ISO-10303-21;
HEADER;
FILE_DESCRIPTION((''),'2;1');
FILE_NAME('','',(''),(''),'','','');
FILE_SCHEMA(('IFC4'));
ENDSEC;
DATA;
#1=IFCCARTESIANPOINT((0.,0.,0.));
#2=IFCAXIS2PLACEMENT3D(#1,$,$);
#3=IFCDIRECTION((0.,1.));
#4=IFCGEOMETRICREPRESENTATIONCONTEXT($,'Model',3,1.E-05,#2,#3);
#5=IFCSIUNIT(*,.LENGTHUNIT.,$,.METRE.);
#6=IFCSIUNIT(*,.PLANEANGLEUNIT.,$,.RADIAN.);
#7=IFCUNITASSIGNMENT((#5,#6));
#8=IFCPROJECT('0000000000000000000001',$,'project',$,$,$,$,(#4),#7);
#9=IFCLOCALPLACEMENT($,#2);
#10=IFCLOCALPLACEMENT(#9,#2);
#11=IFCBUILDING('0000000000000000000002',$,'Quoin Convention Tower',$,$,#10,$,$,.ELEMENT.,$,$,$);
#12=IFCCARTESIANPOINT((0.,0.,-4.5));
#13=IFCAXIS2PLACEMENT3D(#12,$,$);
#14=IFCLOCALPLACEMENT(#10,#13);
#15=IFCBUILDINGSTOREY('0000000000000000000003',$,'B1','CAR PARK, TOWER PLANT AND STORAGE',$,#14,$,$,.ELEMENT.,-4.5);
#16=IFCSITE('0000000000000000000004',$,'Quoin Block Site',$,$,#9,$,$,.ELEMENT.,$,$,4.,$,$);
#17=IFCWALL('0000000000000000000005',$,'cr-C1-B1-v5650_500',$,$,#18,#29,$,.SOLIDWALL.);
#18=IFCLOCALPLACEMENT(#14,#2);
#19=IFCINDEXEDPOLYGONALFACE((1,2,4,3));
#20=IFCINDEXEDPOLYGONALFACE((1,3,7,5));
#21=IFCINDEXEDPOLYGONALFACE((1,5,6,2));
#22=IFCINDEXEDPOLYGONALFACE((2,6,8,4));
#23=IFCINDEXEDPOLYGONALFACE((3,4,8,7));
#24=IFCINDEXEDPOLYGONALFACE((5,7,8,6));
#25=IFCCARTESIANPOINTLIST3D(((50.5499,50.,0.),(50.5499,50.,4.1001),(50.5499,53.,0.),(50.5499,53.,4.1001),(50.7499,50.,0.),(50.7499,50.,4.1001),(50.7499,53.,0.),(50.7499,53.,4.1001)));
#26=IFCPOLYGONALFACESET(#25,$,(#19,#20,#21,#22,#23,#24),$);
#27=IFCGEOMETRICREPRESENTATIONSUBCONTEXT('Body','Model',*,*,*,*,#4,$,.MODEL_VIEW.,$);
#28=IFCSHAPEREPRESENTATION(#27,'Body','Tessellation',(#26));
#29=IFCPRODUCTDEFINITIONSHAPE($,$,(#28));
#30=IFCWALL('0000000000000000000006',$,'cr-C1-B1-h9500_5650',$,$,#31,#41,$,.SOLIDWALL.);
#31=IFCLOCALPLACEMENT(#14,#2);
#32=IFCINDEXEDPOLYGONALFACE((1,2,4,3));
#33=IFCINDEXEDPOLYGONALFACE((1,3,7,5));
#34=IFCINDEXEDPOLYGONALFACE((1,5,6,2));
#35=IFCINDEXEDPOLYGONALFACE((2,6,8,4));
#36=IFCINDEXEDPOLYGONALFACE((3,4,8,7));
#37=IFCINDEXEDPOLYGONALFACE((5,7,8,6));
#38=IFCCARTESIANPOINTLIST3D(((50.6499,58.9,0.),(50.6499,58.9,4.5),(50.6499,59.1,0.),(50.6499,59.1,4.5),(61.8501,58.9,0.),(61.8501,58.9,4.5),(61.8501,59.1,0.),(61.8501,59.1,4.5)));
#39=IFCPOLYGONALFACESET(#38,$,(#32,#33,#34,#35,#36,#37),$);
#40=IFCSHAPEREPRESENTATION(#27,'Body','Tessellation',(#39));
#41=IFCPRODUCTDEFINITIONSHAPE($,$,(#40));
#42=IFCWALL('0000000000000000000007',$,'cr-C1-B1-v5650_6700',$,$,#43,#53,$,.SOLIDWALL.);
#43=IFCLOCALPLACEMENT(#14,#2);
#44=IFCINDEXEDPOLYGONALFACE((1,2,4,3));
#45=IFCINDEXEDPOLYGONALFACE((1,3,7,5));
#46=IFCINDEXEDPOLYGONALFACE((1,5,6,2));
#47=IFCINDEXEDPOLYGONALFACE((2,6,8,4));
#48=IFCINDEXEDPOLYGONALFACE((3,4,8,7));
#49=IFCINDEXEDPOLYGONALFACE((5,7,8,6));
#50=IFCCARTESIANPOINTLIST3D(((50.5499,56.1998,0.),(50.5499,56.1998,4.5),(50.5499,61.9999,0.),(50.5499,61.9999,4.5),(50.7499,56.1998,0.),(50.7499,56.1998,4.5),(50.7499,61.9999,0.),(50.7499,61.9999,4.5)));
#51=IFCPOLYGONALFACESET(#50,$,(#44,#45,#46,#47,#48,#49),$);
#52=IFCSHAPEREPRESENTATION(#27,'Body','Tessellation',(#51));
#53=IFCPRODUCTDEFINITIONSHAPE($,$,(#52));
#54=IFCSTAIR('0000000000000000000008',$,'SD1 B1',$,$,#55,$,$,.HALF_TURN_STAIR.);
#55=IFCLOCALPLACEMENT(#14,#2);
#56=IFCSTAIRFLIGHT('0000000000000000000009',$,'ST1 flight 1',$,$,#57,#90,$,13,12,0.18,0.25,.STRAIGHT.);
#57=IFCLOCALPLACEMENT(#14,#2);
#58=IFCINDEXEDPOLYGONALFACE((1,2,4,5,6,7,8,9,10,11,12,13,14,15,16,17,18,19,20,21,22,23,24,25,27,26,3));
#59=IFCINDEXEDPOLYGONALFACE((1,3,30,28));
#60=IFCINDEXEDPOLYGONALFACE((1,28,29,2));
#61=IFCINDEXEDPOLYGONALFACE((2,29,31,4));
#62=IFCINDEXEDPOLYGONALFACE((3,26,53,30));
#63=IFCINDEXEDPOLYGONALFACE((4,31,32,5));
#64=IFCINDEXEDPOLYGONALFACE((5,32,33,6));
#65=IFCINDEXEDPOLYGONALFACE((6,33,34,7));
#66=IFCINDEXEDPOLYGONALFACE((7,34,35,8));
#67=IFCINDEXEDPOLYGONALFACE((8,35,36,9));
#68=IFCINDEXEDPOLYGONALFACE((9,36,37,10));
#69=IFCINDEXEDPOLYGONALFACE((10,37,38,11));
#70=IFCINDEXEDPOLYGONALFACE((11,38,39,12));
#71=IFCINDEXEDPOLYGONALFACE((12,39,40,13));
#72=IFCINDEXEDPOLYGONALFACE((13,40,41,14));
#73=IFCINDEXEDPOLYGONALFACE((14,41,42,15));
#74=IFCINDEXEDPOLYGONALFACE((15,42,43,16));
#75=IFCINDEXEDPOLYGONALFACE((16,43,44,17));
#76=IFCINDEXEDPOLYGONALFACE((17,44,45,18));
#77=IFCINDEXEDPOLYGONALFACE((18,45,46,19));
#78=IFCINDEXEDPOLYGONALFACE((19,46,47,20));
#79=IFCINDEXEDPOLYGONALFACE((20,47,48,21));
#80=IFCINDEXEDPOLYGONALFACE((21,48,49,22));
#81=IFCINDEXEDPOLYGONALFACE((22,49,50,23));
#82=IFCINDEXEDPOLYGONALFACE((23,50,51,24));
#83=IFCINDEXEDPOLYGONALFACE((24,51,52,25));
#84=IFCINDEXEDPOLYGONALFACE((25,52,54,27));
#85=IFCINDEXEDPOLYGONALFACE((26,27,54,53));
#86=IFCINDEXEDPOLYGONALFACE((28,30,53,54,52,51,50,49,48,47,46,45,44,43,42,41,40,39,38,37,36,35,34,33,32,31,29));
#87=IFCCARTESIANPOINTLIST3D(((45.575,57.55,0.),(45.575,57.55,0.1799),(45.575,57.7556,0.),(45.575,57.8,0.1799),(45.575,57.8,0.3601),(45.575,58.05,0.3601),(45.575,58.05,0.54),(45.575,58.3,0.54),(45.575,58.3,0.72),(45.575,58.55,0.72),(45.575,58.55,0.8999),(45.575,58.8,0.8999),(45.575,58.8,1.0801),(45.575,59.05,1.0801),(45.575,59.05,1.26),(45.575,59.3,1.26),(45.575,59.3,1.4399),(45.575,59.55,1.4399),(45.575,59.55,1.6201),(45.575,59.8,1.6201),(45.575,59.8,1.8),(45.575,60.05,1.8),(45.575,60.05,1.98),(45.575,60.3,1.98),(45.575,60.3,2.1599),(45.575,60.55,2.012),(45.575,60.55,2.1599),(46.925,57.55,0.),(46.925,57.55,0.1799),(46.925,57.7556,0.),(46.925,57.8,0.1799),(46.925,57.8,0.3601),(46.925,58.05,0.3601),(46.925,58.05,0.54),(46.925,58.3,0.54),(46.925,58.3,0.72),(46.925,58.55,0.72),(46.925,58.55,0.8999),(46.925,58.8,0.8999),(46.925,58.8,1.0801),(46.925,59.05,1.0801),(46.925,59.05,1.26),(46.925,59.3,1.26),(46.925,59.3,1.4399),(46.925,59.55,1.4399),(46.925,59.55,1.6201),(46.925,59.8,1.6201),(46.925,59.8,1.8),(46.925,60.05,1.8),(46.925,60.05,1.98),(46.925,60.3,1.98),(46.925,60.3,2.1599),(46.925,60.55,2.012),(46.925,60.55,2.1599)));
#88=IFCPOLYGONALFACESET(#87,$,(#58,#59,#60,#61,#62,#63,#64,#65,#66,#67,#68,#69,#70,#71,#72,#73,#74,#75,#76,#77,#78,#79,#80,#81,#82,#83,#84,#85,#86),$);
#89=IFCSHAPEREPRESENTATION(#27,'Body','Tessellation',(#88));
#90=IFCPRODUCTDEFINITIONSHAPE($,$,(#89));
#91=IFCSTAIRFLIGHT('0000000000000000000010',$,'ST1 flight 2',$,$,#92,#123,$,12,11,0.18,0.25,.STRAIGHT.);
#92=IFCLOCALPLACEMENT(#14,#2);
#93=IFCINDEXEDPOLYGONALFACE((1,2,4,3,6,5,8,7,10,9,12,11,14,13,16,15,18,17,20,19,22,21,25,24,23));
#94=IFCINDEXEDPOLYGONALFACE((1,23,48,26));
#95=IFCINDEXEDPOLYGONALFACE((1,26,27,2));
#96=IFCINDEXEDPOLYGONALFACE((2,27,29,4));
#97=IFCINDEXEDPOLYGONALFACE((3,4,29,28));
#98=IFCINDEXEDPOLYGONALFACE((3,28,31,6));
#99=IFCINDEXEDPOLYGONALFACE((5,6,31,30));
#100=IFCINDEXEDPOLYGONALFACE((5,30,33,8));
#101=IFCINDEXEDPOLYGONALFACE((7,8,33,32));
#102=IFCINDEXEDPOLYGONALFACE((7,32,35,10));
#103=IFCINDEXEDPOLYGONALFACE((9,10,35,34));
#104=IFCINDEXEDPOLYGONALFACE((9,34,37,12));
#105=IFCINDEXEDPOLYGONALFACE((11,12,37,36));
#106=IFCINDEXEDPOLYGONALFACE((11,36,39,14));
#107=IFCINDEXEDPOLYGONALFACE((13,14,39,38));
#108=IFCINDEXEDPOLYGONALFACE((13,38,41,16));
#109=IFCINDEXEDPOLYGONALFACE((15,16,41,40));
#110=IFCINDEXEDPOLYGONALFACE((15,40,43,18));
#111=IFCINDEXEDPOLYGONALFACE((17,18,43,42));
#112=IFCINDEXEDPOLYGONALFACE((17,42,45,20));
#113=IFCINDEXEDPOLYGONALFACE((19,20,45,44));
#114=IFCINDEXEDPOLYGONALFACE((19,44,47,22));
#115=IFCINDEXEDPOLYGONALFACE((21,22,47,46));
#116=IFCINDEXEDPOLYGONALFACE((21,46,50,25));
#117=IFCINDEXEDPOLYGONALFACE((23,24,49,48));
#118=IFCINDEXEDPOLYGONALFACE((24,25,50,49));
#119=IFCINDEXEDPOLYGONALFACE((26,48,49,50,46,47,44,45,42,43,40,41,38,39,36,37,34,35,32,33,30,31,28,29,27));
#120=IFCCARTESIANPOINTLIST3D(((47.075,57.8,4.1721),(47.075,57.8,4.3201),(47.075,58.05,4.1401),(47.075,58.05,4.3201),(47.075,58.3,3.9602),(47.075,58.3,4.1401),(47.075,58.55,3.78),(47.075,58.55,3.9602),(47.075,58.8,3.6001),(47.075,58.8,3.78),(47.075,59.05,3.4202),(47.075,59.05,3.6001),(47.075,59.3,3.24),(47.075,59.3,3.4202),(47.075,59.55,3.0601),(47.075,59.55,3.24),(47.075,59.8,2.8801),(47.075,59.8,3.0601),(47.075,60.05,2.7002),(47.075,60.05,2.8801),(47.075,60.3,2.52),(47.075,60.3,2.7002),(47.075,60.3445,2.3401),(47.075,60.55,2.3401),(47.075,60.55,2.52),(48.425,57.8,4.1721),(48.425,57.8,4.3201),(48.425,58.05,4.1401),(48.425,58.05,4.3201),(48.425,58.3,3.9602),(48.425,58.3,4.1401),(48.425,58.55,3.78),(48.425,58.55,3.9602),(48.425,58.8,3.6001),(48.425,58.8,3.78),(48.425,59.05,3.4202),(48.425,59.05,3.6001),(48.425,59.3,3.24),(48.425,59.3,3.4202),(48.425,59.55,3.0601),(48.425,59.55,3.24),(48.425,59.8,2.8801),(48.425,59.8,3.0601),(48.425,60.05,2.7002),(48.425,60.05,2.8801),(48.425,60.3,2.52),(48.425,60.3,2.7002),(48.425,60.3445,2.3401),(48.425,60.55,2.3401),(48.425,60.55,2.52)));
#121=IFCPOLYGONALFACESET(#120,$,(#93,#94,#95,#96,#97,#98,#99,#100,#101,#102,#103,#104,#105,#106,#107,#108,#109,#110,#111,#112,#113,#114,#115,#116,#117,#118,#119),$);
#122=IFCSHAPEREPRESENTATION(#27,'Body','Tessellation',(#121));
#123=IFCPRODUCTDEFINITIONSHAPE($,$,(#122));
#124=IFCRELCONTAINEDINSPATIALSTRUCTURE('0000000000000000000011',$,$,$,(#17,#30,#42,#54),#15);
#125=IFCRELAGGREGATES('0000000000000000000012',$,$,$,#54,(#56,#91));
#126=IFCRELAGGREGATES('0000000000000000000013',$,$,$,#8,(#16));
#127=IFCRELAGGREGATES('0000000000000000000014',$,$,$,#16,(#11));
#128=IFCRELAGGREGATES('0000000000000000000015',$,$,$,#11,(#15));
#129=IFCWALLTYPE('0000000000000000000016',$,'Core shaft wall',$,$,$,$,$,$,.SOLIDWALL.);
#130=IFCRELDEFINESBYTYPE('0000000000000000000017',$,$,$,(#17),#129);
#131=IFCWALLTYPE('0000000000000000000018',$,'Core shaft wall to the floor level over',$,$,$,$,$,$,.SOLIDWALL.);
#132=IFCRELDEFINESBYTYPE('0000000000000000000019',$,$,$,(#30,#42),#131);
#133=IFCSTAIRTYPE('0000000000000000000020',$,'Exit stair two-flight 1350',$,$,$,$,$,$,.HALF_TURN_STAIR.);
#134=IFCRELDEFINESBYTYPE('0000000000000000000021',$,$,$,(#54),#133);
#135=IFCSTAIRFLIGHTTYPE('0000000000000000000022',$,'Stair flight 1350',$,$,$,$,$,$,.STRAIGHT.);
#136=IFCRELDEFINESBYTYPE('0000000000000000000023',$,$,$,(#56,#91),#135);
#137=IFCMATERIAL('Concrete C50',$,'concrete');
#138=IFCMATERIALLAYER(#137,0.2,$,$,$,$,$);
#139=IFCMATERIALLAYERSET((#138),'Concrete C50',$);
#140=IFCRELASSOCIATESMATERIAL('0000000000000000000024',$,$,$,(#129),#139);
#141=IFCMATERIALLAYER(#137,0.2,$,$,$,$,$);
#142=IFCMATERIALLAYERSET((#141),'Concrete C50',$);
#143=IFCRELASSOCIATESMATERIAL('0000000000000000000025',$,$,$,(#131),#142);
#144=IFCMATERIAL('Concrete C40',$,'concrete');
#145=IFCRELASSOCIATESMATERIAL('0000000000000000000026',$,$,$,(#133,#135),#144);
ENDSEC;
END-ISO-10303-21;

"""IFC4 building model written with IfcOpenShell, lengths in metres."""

from ifc_helpers import new_model, si_unit, direction, frame, frame_2d, origin, place, context, subcontext, project, spatial, polyline, rectangle, outline, extrude, material, layer, layer_set, type_object, element, aggregate, save


model = new_model("IFC4")

# Units and contexts
model_context = context("Model", 3, precision=1e-05, world=origin(), true_north=direction((0.0, 1.0)))
body_context = subcontext(model_context, "Body", "Model", "MODEL_VIEW")
ifc_project = project(units=[si_unit("LENGTHUNIT", "METRE"), si_unit("PLANEANGLEUNIT", "RADIAN")], contexts=[model_context])

# Site, building, storey
site_placement = place(None, origin())
site = spatial("IfcSite", under=ifc_project, at=site_placement, Name="Quoin Block Site", CompositionType="ELEMENT", RefElevation=4.0)
building_placement = place(site_placement, origin())
building = spatial("IfcBuilding", under=site, at=building_placement, Name="Quoin Convention Tower", CompositionType="ELEMENT")
storey_placement = place(building_placement, frame((0.0, 0.0, -4.5)))
storey = spatial("IfcBuildingStorey", under=building, at=storey_placement, Name="B1", Description="CAR PARK, TOWER PLANT AND STORAGE", CompositionType="ELEMENT", Elevation=-4.5)

# Shared definitions
ifc_material_1 = material(Name="Concrete C50", Category="concrete")
ifc_layer_1 = layer(ifc_material_1, 0.2)
ifc_layer_set_1 = layer_set([ifc_layer_1], Name="Concrete C50")
wall_type_1 = type_object("IfcWallType", Name="Core shaft wall", PredefinedType="SOLIDWALL", material=ifc_layer_set_1)

# Walls
wall_1_placement = place(storey_placement, frame((50.6499, 50.0, 0.0), z_axis=(0.0, 0.0, 1.0), x_axis=(0.0, 1.0, 0.0)))
element("IfcWall", 1, at=wall_1_placement, inside=storey, type_object=wall_type_1, Name="cr-C1-B1-v5650_500", PredefinedType="SOLIDWALL", context=body_context, shape_type="SweptSolid", body=[
    extrude(rectangle(XDim=3.0, YDim=0.2, at=frame_2d((1.5, 0.0))), origin(), (0.0, 0.0, 1.0), 4.1001),
])
ifc_layer_2 = layer(ifc_material_1, 0.2)
ifc_layer_set_2 = layer_set([ifc_layer_2], Name="Concrete C50")
wall_type_2 = type_object("IfcWallType", Name="Core shaft wall to the floor level over", PredefinedType="SOLIDWALL", material=ifc_layer_set_2)
wall_2_placement = place(storey_placement, frame((50.6499, 59.0, 0.0), z_axis=(0.0, 0.0, 1.0), x_axis=(1.0, 0.0, 0.0)))
element("IfcWall", 2, at=wall_2_placement, inside=storey, type_object=wall_type_2, Name="cr-C1-B1-h9500_5650", PredefinedType="SOLIDWALL", context=body_context, shape_type="SweptSolid", body=[
    extrude(rectangle(XDim=11.2002, YDim=0.2, at=frame_2d((5.6001, 0.0))), origin(), (0.0, 0.0, 1.0), 4.5),
])
wall_3_placement = place(storey_placement, frame((50.6499, 56.2, 0.0), z_axis=(0.0, 0.0, 1.0), x_axis=(0.0, 1.0, 0.0)))
element("IfcWall", 3, at=wall_3_placement, inside=storey, type_object=wall_type_2, Name="cr-C1-B1-v5650_6700", PredefinedType="SOLIDWALL", context=body_context, shape_type="SweptSolid", body=[
    extrude(rectangle(XDim=5.8, YDim=0.2, at=frame_2d((2.8999, 0.0))), origin(), (0.0, 0.0, 1.0), 4.5),
])

# Stair, stair flights
ifc_material_2 = material(Name="Concrete C40", Category="concrete")
stair_type = type_object("IfcStairType", Name="Exit stair two-flight 1350", PredefinedType="HALF_TURN_STAIR", material=ifc_material_2)
stair_placement = place(storey_placement, origin())
stair = element("IfcStair", 4, at=stair_placement, inside=storey, type_object=stair_type, Name="SD1 B1", PredefinedType="HALF_TURN_STAIR")
stair_flight_type = type_object("IfcStairFlightType", Name="Stair flight 1350", PredefinedType="STRAIGHT", material=ifc_material_2)
stair_flight_1_placement = place(storey_placement, frame((46.25, 57.55, 0.0), z_axis=(0.0, 0.0, 1.0), x_axis=(0.0, 1.0, 0.0)))
stair_flight_1 = element("IfcStairFlight", 5, at=stair_flight_1_placement, type_object=stair_flight_type, Name="ST1 flight 1", NumberOfRisers=13, NumberOfTreads=12, PredefinedType="STRAIGHT", RiserHeight=0.18, TreadLength=0.25, context=body_context, shape_type="SweptSolid", body=[
    extrude(outline(polyline([(0.0, 0.0), (0.0, 0.1799), (0.25, 0.1799), (0.25, 0.3601), (0.5, 0.3601), (0.5, 0.54), (0.75, 0.54), (0.75, 0.72), (1.0, 0.72), (1.0, 0.8999), (1.25, 0.8999), (1.25, 1.0801), (1.5, 1.0801), (1.5, 1.26), (1.75, 1.26), (1.75, 1.4399), (2.0, 1.4399), (2.0, 1.6201), (2.25, 1.6201), (2.25, 1.8), (2.5, 1.8), (2.5, 1.98), (2.75, 1.98), (2.75, 2.1599), (3.0, 2.1599), (3.0, 2.3401), (3.0, 2.012), (0.2056, 0.0), (0.0, 0.0)])), frame((0.0, 0.675, 0.0), z_axis=(0.0, -1.0, 0.0), x_axis=(1.0, 0.0, 0.0)), (0.0, 0.0, 1.0), 1.3501),
])
stair_flight_2_placement = place(storey_placement, frame((47.75, 60.55, 2.3401), z_axis=(0.0, 0.0, 1.0), x_axis=(0.0, -1.0, 0.0)))
stair_flight_2 = element("IfcStairFlight", 6, at=stair_flight_2_placement, type_object=stair_flight_type, Name="ST1 flight 2", NumberOfRisers=12, NumberOfTreads=11, PredefinedType="STRAIGHT", RiserHeight=0.18, TreadLength=0.25, context=body_context, shape_type="SweptSolid", body=[
    extrude(outline(polyline([(0.0, 0.0), (0.0, 0.1799), (0.25, 0.1799), (0.25, 0.3601), (0.5, 0.3601), (0.5, 0.54), (0.75, 0.54), (0.75, 0.72), (1.0, 0.72), (1.0, 0.8999), (1.25, 0.8999), (1.25, 1.0801), (1.5, 1.0801), (1.5, 1.26), (1.75, 1.26), (1.75, 1.4399), (2.0, 1.4399), (2.0, 1.6201), (2.25, 1.6201), (2.25, 1.8), (2.5, 1.8), (2.5, 1.98), (2.75, 1.98), (2.75, 2.1599), (2.75, 1.832), (0.2056, 0.0), (0.0, 0.0)])), frame((0.0, 0.675, 0.0), z_axis=(0.0, -1.0, 0.0), x_axis=(1.0, 0.0, 0.0)), (0.0, 0.0, 1.0), 1.3501),
])
aggregate(stair, [stair_flight_1, stair_flight_2])

save(model, "model.ifc")
